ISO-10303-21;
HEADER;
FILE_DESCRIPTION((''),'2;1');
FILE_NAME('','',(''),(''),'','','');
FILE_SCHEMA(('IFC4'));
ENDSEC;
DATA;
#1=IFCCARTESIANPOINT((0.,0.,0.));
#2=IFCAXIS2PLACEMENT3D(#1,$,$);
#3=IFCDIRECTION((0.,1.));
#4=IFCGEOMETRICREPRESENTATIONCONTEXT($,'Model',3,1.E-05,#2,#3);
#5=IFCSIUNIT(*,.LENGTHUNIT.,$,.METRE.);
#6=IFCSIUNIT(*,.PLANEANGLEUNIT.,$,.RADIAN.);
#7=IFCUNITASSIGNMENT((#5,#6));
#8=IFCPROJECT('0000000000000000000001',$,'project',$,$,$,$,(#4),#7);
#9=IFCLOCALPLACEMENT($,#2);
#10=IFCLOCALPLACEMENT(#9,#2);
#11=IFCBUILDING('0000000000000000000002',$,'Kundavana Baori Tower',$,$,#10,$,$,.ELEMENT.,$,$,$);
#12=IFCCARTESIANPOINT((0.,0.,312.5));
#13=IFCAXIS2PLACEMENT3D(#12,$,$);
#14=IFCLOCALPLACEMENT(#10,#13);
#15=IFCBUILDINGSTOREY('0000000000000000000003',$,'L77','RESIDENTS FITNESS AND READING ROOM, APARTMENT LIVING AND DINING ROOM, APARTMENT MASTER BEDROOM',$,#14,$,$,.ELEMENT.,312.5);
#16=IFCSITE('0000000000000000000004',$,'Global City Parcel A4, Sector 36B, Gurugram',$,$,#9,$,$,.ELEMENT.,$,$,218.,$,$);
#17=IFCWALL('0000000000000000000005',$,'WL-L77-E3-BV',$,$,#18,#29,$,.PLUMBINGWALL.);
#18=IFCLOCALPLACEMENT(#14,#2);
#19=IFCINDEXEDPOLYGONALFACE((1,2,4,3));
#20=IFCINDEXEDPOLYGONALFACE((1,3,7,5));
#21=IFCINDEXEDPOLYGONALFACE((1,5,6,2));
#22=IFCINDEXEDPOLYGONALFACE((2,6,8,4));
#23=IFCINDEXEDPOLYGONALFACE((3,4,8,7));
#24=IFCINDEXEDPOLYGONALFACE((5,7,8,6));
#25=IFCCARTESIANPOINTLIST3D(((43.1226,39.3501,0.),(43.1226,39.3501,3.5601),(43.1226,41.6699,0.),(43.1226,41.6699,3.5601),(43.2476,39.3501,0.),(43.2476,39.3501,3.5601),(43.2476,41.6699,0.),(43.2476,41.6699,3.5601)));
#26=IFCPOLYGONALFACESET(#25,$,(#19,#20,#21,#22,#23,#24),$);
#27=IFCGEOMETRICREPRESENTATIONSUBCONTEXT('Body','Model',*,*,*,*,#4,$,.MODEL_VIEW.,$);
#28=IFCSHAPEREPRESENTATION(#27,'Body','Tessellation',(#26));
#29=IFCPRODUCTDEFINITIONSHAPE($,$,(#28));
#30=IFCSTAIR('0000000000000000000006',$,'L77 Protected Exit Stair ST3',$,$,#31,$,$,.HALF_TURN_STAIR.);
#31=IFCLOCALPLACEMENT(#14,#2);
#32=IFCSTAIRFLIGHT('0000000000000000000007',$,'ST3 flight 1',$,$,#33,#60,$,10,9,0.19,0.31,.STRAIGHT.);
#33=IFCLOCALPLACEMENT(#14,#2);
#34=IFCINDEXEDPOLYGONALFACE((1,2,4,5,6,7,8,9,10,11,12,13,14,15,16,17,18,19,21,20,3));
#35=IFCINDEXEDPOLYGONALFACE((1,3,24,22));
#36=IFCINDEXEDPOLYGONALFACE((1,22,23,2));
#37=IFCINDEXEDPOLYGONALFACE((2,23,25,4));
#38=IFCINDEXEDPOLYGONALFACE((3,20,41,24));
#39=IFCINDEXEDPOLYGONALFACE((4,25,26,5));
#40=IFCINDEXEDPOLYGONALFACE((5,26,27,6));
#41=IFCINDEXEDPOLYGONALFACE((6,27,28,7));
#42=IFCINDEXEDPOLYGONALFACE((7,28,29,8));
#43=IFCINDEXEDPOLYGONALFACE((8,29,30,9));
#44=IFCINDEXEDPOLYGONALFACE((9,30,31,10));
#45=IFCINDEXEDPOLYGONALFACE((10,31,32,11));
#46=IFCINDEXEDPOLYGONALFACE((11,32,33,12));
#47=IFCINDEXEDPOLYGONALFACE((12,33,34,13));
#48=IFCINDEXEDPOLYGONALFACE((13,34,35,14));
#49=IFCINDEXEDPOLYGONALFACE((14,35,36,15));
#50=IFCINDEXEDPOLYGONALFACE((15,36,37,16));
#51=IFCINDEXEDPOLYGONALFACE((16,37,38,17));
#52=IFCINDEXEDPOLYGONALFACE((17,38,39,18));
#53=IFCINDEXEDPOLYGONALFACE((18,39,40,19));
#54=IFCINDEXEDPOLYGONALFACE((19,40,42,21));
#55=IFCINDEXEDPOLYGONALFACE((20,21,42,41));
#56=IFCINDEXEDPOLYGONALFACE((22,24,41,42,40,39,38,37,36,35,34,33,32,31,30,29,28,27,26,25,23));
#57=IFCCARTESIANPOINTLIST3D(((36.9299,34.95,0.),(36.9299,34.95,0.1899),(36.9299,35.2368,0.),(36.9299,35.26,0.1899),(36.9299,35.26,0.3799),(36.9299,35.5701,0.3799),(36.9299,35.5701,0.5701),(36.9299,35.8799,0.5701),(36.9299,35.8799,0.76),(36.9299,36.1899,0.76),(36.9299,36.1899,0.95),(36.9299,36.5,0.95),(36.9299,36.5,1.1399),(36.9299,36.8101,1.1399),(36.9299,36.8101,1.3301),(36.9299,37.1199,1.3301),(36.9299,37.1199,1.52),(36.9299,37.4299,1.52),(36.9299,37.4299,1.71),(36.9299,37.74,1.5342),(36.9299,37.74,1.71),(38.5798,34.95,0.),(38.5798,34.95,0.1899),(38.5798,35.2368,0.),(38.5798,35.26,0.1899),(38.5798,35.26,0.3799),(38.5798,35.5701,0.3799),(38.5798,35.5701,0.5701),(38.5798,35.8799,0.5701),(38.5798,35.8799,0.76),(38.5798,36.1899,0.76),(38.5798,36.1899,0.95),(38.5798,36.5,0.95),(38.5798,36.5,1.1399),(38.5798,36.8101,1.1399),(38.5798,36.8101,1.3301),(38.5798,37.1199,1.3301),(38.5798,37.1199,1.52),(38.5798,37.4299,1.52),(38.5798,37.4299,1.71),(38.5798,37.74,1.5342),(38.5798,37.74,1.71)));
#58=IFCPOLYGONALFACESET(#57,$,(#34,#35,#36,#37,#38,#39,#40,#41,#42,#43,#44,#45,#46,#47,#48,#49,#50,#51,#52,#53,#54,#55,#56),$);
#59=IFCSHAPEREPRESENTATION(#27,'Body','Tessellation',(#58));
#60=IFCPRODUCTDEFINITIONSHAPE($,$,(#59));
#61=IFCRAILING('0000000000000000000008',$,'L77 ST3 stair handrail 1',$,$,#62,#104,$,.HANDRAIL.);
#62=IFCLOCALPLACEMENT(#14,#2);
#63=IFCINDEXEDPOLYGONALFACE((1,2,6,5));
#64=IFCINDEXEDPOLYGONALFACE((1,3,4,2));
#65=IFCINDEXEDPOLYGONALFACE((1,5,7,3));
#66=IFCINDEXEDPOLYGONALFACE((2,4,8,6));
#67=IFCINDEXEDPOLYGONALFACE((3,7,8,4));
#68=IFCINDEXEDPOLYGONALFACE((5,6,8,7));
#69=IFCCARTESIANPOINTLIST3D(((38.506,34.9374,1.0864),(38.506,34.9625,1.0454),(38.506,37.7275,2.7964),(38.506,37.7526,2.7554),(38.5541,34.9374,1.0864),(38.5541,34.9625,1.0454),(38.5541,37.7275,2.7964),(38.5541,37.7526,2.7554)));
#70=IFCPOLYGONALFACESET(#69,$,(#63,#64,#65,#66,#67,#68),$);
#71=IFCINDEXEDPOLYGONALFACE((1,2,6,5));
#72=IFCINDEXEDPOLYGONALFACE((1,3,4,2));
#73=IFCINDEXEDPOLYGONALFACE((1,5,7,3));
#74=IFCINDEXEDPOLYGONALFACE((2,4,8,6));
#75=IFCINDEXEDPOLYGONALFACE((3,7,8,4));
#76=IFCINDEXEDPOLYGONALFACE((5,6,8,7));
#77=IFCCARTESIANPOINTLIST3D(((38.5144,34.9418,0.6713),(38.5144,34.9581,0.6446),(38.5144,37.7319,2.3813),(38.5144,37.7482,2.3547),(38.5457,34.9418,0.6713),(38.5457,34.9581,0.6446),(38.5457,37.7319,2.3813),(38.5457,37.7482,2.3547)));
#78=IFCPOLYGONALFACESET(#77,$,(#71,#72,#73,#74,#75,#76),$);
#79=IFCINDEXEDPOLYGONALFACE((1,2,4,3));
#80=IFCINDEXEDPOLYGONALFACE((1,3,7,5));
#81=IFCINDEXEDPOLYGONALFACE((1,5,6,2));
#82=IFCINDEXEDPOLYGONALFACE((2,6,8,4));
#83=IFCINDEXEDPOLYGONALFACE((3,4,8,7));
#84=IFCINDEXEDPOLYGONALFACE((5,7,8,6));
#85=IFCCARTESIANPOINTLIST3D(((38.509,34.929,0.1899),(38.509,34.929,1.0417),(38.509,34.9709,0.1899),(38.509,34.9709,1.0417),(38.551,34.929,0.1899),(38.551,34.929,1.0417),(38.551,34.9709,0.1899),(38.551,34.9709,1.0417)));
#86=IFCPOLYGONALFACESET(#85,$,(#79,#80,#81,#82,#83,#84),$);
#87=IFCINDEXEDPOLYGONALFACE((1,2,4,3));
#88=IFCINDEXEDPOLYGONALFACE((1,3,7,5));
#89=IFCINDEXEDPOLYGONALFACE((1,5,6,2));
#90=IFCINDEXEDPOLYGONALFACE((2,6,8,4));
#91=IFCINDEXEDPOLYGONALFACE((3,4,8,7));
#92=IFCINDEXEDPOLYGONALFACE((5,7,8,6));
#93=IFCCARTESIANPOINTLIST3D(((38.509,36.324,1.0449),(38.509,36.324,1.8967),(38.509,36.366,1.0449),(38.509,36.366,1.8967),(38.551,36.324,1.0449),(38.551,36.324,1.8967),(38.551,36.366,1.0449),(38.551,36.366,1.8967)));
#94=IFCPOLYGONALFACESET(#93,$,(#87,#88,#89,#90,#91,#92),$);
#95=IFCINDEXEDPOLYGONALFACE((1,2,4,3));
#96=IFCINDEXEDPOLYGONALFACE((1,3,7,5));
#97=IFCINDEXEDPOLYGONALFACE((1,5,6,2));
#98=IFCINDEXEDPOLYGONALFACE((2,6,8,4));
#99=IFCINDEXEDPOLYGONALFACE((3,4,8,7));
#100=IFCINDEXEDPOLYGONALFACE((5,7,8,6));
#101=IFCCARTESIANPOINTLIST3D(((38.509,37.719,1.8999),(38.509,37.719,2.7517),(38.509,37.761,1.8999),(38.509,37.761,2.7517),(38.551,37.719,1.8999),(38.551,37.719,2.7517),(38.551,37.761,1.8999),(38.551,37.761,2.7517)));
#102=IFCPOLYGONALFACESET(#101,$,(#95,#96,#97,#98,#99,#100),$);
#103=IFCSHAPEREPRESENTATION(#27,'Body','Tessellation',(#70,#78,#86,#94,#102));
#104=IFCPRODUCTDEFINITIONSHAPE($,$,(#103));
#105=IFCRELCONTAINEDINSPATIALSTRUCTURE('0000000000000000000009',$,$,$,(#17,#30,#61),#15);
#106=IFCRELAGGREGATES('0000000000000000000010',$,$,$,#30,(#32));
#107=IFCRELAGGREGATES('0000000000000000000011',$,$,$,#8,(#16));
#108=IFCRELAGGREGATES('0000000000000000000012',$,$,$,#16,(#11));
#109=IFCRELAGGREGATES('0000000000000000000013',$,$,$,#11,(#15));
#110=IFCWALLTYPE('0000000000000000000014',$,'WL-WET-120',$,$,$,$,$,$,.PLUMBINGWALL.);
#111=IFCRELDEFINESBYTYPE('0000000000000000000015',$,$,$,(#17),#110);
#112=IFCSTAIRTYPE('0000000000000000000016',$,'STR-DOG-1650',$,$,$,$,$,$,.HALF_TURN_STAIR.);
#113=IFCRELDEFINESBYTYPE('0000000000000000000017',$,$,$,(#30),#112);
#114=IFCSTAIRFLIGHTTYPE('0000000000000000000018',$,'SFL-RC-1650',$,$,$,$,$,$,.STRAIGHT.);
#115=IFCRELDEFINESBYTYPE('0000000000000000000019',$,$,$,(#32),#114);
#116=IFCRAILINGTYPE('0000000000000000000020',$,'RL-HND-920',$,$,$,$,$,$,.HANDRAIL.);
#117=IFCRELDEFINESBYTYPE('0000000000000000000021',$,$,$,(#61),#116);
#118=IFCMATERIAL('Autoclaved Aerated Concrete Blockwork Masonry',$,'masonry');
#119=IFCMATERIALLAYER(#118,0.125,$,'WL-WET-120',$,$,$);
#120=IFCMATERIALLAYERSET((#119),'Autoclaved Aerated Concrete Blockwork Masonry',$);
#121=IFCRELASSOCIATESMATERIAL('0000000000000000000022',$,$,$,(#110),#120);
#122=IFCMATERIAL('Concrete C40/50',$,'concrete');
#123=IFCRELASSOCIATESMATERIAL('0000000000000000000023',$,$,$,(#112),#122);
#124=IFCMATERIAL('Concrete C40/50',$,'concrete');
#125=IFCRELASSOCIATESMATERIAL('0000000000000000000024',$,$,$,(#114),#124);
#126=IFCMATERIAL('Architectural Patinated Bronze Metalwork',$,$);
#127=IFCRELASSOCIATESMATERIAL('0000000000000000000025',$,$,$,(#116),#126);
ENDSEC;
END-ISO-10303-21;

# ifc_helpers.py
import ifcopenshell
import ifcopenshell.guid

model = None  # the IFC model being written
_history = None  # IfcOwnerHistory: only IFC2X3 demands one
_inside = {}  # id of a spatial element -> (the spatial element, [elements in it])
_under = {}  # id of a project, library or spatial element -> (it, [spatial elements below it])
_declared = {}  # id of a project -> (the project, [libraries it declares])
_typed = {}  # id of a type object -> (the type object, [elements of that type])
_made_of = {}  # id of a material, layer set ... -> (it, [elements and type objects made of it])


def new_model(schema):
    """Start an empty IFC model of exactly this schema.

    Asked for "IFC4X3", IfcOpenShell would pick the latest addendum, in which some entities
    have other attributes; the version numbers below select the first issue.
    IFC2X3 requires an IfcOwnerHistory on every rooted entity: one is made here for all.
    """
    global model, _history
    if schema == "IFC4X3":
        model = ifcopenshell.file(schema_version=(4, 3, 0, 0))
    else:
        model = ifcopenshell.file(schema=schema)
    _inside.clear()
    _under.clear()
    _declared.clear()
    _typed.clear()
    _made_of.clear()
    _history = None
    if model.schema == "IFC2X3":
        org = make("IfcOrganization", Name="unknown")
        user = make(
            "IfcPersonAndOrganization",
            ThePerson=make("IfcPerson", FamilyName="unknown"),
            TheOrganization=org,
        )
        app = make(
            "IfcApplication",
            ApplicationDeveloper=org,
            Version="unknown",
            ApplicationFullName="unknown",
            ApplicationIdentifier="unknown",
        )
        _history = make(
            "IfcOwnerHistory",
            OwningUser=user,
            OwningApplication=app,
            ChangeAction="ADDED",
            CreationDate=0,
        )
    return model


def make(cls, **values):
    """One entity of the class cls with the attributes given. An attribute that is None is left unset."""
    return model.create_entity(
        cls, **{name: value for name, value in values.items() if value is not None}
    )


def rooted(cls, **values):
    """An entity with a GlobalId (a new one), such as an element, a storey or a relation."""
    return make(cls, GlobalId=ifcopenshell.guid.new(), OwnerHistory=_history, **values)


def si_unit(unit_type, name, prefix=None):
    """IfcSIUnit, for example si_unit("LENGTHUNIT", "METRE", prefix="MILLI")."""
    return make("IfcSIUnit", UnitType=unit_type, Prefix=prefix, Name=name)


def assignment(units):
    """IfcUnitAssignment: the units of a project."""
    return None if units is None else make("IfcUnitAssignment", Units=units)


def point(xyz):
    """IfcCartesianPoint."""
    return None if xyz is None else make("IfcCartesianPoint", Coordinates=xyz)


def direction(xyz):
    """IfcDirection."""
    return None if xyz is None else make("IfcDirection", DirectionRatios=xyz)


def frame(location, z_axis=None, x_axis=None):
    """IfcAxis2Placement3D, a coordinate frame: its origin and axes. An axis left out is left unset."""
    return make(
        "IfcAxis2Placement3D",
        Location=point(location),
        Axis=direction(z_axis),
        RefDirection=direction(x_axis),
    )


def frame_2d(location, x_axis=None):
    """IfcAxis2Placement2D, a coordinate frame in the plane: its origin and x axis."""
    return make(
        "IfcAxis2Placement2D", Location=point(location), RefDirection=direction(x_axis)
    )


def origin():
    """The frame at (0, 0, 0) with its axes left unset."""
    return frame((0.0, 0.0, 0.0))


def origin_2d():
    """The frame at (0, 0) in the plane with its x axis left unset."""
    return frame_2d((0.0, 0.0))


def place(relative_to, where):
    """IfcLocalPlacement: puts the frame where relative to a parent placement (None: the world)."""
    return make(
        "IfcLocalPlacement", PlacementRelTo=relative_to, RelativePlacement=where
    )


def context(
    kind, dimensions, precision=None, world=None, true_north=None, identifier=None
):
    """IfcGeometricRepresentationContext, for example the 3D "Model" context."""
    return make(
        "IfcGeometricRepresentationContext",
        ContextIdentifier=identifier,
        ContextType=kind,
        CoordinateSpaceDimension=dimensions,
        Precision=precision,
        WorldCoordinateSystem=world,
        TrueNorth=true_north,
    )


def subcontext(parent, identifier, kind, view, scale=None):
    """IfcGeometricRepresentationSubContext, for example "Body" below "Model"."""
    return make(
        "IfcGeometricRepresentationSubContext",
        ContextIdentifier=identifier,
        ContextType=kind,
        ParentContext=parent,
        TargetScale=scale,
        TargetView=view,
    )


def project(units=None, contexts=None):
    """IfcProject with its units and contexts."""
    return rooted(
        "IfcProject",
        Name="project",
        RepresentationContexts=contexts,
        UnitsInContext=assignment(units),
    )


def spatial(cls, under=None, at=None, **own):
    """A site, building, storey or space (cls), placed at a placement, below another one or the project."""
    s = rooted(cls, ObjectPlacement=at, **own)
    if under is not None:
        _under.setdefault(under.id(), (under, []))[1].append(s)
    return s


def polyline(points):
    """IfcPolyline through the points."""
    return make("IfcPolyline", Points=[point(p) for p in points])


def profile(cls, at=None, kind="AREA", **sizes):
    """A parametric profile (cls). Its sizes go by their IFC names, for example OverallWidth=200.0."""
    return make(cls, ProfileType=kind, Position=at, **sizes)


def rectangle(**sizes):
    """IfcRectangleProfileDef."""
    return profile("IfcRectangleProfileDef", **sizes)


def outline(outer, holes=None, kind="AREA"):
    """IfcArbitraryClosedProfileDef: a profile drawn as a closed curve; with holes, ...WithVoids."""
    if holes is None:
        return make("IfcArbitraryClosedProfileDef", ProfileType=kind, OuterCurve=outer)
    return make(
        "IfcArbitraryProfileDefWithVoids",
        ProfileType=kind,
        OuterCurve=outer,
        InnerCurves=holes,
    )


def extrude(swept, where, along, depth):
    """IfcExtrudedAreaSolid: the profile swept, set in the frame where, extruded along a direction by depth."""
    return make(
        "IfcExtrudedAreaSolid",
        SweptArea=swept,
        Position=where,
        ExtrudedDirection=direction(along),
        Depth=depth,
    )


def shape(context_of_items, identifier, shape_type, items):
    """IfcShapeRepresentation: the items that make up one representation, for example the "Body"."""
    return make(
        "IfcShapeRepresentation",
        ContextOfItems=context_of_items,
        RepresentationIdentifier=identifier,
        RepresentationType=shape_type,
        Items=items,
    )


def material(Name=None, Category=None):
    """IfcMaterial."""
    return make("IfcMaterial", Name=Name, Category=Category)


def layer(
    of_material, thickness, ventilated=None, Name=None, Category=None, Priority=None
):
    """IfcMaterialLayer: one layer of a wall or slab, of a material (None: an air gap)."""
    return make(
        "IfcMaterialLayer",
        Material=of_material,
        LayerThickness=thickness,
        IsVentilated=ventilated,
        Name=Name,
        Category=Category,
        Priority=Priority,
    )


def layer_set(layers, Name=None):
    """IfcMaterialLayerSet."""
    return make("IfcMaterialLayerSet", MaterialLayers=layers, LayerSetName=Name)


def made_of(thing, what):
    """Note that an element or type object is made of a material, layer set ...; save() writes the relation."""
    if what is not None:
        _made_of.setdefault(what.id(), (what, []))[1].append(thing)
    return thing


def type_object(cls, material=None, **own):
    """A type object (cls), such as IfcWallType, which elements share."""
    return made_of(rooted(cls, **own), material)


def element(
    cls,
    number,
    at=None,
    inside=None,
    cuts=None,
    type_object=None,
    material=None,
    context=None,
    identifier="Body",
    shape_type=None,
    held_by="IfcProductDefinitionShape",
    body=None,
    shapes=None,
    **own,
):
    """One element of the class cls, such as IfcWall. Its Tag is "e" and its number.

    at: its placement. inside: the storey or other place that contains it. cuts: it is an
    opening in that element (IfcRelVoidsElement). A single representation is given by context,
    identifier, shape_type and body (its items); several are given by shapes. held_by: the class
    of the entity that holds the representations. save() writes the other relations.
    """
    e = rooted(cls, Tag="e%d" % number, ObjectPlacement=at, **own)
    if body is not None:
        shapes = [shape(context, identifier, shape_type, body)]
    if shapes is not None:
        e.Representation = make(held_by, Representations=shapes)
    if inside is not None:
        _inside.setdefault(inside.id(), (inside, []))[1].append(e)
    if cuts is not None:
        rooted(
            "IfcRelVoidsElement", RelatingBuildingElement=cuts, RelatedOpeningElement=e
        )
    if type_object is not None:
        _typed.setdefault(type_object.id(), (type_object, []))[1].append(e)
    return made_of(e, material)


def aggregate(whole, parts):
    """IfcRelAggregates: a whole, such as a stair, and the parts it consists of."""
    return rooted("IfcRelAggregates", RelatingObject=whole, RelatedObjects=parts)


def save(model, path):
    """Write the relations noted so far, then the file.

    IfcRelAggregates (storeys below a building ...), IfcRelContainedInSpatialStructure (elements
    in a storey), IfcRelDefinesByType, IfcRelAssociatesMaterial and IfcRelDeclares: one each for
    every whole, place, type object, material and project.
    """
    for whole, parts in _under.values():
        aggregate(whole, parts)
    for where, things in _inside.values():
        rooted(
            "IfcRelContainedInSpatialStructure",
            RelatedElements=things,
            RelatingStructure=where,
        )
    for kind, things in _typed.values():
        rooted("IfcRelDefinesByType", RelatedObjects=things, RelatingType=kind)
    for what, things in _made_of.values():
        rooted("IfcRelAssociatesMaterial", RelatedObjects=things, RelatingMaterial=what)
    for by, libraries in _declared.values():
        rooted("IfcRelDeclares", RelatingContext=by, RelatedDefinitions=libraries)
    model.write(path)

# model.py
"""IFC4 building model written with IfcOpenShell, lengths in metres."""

from ifc_helpers import new_model, si_unit, direction, frame, frame_2d, origin, origin_2d, place, context, subcontext, project, spatial, polyline, rectangle, outline, extrude, material, layer, layer_set, type_object, element, aggregate, save


model = new_model("IFC4")

# Units and contexts
model_context = context("Model", 3, precision=1e-05, world=origin(), true_north=direction((0.0, 1.0)))
body_context = subcontext(model_context, "Body", "Model", "MODEL_VIEW")
ifc_project = project(units=[si_unit("LENGTHUNIT", "METRE"), si_unit("PLANEANGLEUNIT", "RADIAN")], contexts=[model_context])

# Site, building, storey
site_placement = place(None, origin())
site = spatial("IfcSite", under=ifc_project, at=site_placement, Name="Global City Parcel A4, Sector 36B, Gurugram", CompositionType="ELEMENT", RefElevation=218.0)
building_placement = place(site_placement, origin())
building = spatial("IfcBuilding", under=site, at=building_placement, Name="Kundavana Baori Tower", CompositionType="ELEMENT")
storey_placement = place(building_placement, frame((0.0, 0.0, 312.5)))
storey = spatial("IfcBuildingStorey", under=building, at=storey_placement, Name="L77", Description="RESIDENTS FITNESS AND READING ROOM, APARTMENT LIVING AND DINING ROOM, APARTMENT MASTER BEDROOM", CompositionType="ELEMENT", Elevation=312.5)

# Shared definitions
ifc_material_1 = material(Name="Autoclaved Aerated Concrete Blockwork Masonry", Category="masonry")
ifc_layer_1 = layer(ifc_material_1, 0.125, Name="WL-WET-120")
ifc_layer_set_1 = layer_set([ifc_layer_1], Name="Autoclaved Aerated Concrete Blockwork Masonry")
wall_type_1 = type_object("IfcWallType", Name="WL-WET-120", PredefinedType="PLUMBINGWALL", material=ifc_layer_set_1)

# Wall
wall_1_placement = place(storey_placement, frame((43.1851, 39.3501, 0.0), z_axis=(0.0, 0.0, 1.0), x_axis=(0.0, 1.0, 0.0)))
element("IfcWall", 1, at=wall_1_placement, inside=storey, type_object=wall_type_1, Name="WL-L77-E3-BV", PredefinedType="PLUMBINGWALL", context=body_context, shape_type="SweptSolid", body=[
    extrude(rectangle(XDim=2.3198, YDim=0.125, at=frame_2d((1.1599, 0.0))), origin(), (0.0, 0.0, 1.0), 3.5601),
])

# Stair, stair flight
ifc_material_2 = material(Name="Concrete C40/50", Category="concrete")
stair_type = type_object("IfcStairType", Name="STR-DOG-1650", PredefinedType="HALF_TURN_STAIR", material=ifc_material_2)
stair_placement = place(storey_placement, origin())
stair = element("IfcStair", 2, at=stair_placement, inside=storey, type_object=stair_type, Name="L77 Protected Exit Stair ST3", PredefinedType="HALF_TURN_STAIR")
ifc_material_3 = material(Name="Concrete C40/50", Category="concrete")
stair_flight_type = type_object("IfcStairFlightType", Name="SFL-RC-1650", PredefinedType="STRAIGHT", material=ifc_material_3)
stair_flight_placement = place(storey_placement, frame((37.7549, 34.95, 0.0), z_axis=(0.0, 0.0, 1.0), x_axis=(0.0, 1.0, 0.0)))
stair_flight = element("IfcStairFlight", 3, at=stair_flight_placement, type_object=stair_flight_type, Name="ST3 flight 1", NumberOfRisers=10, NumberOfTreads=9, PredefinedType="STRAIGHT", RiserHeight=0.19, TreadLength=0.31, context=body_context, shape_type="SweptSolid", body=[
    extrude(outline(polyline([(0.0, 0.0), (0.0, 0.1899), (0.3101, 0.1899), (0.3101, 0.3799), (0.6201, 0.3799), (0.6201, 0.5701), (0.9299, 0.5701), (0.9299, 0.76), (1.24, 0.76), (1.24, 0.95), (1.55, 0.95), (1.55, 1.1399), (1.8601, 1.1399), (1.8601, 1.3301), (2.1699, 1.3301), (2.1699, 1.52), (2.48, 1.52), (2.48, 1.71), (2.79, 1.71), (2.79, 1.8999), (2.79, 1.5342), (0.2869, 0.0), (0.0, 0.0)])), frame((0.0, 0.825, 0.0), z_axis=(0.0, -1.0, 0.0), x_axis=(1.0, 0.0, 0.0)), (0.0, 0.0, 1.0), 1.6499),
])
aggregate(stair, [stair_flight])

# Railing
ifc_material_4 = material(Name="Architectural Patinated Bronze Metalwork")
railing_type_1 = type_object("IfcRailingType", Name="RL-HND-920", PredefinedType="HANDRAIL", material=ifc_material_4)
railing_1_placement = place(storey_placement, frame((38.53, 34.95, 0.1899)))
element("IfcRailing", 4, at=railing_1_placement, inside=storey, type_object=railing_type_1, Name="L77 ST3 stair handrail 1", PredefinedType="HANDRAIL", context=body_context, shape_type="SweptSolid", body=[
    extrude(rectangle(XDim=0.0481, YDim=0.0481, at=origin_2d()), frame((0.0, 0.0, 0.876), z_axis=(0.0, 0.85261, 0.522548), x_axis=(-1.0, 0.0, 0.0)), (0.0, 0.0, 1.0), 3.2725),
    extrude(rectangle(XDim=0.0312, YDim=0.0312, at=origin_2d()), frame((0.0, 0.0, 0.468), z_axis=(0.0, 0.85261, 0.522548), x_axis=(-1.0, 0.0, 0.0)), (0.0, 0.0, 1.0), 3.2725),
    extrude(rectangle(XDim=0.042, YDim=0.042, at=origin_2d()), origin(), (0.0, 0.0, 1.0), 0.8518),
    extrude(rectangle(XDim=0.042, YDim=0.042, at=origin_2d()), frame((0.0, 1.395, 0.855)), (0.0, 0.0, 1.0), 0.8518),
    extrude(rectangle(XDim=0.042, YDim=0.042, at=origin_2d()), frame((0.0, 2.79, 1.71)), (0.0, 0.0, 1.0), 0.8518),
])

save(model, "model.ifc")
